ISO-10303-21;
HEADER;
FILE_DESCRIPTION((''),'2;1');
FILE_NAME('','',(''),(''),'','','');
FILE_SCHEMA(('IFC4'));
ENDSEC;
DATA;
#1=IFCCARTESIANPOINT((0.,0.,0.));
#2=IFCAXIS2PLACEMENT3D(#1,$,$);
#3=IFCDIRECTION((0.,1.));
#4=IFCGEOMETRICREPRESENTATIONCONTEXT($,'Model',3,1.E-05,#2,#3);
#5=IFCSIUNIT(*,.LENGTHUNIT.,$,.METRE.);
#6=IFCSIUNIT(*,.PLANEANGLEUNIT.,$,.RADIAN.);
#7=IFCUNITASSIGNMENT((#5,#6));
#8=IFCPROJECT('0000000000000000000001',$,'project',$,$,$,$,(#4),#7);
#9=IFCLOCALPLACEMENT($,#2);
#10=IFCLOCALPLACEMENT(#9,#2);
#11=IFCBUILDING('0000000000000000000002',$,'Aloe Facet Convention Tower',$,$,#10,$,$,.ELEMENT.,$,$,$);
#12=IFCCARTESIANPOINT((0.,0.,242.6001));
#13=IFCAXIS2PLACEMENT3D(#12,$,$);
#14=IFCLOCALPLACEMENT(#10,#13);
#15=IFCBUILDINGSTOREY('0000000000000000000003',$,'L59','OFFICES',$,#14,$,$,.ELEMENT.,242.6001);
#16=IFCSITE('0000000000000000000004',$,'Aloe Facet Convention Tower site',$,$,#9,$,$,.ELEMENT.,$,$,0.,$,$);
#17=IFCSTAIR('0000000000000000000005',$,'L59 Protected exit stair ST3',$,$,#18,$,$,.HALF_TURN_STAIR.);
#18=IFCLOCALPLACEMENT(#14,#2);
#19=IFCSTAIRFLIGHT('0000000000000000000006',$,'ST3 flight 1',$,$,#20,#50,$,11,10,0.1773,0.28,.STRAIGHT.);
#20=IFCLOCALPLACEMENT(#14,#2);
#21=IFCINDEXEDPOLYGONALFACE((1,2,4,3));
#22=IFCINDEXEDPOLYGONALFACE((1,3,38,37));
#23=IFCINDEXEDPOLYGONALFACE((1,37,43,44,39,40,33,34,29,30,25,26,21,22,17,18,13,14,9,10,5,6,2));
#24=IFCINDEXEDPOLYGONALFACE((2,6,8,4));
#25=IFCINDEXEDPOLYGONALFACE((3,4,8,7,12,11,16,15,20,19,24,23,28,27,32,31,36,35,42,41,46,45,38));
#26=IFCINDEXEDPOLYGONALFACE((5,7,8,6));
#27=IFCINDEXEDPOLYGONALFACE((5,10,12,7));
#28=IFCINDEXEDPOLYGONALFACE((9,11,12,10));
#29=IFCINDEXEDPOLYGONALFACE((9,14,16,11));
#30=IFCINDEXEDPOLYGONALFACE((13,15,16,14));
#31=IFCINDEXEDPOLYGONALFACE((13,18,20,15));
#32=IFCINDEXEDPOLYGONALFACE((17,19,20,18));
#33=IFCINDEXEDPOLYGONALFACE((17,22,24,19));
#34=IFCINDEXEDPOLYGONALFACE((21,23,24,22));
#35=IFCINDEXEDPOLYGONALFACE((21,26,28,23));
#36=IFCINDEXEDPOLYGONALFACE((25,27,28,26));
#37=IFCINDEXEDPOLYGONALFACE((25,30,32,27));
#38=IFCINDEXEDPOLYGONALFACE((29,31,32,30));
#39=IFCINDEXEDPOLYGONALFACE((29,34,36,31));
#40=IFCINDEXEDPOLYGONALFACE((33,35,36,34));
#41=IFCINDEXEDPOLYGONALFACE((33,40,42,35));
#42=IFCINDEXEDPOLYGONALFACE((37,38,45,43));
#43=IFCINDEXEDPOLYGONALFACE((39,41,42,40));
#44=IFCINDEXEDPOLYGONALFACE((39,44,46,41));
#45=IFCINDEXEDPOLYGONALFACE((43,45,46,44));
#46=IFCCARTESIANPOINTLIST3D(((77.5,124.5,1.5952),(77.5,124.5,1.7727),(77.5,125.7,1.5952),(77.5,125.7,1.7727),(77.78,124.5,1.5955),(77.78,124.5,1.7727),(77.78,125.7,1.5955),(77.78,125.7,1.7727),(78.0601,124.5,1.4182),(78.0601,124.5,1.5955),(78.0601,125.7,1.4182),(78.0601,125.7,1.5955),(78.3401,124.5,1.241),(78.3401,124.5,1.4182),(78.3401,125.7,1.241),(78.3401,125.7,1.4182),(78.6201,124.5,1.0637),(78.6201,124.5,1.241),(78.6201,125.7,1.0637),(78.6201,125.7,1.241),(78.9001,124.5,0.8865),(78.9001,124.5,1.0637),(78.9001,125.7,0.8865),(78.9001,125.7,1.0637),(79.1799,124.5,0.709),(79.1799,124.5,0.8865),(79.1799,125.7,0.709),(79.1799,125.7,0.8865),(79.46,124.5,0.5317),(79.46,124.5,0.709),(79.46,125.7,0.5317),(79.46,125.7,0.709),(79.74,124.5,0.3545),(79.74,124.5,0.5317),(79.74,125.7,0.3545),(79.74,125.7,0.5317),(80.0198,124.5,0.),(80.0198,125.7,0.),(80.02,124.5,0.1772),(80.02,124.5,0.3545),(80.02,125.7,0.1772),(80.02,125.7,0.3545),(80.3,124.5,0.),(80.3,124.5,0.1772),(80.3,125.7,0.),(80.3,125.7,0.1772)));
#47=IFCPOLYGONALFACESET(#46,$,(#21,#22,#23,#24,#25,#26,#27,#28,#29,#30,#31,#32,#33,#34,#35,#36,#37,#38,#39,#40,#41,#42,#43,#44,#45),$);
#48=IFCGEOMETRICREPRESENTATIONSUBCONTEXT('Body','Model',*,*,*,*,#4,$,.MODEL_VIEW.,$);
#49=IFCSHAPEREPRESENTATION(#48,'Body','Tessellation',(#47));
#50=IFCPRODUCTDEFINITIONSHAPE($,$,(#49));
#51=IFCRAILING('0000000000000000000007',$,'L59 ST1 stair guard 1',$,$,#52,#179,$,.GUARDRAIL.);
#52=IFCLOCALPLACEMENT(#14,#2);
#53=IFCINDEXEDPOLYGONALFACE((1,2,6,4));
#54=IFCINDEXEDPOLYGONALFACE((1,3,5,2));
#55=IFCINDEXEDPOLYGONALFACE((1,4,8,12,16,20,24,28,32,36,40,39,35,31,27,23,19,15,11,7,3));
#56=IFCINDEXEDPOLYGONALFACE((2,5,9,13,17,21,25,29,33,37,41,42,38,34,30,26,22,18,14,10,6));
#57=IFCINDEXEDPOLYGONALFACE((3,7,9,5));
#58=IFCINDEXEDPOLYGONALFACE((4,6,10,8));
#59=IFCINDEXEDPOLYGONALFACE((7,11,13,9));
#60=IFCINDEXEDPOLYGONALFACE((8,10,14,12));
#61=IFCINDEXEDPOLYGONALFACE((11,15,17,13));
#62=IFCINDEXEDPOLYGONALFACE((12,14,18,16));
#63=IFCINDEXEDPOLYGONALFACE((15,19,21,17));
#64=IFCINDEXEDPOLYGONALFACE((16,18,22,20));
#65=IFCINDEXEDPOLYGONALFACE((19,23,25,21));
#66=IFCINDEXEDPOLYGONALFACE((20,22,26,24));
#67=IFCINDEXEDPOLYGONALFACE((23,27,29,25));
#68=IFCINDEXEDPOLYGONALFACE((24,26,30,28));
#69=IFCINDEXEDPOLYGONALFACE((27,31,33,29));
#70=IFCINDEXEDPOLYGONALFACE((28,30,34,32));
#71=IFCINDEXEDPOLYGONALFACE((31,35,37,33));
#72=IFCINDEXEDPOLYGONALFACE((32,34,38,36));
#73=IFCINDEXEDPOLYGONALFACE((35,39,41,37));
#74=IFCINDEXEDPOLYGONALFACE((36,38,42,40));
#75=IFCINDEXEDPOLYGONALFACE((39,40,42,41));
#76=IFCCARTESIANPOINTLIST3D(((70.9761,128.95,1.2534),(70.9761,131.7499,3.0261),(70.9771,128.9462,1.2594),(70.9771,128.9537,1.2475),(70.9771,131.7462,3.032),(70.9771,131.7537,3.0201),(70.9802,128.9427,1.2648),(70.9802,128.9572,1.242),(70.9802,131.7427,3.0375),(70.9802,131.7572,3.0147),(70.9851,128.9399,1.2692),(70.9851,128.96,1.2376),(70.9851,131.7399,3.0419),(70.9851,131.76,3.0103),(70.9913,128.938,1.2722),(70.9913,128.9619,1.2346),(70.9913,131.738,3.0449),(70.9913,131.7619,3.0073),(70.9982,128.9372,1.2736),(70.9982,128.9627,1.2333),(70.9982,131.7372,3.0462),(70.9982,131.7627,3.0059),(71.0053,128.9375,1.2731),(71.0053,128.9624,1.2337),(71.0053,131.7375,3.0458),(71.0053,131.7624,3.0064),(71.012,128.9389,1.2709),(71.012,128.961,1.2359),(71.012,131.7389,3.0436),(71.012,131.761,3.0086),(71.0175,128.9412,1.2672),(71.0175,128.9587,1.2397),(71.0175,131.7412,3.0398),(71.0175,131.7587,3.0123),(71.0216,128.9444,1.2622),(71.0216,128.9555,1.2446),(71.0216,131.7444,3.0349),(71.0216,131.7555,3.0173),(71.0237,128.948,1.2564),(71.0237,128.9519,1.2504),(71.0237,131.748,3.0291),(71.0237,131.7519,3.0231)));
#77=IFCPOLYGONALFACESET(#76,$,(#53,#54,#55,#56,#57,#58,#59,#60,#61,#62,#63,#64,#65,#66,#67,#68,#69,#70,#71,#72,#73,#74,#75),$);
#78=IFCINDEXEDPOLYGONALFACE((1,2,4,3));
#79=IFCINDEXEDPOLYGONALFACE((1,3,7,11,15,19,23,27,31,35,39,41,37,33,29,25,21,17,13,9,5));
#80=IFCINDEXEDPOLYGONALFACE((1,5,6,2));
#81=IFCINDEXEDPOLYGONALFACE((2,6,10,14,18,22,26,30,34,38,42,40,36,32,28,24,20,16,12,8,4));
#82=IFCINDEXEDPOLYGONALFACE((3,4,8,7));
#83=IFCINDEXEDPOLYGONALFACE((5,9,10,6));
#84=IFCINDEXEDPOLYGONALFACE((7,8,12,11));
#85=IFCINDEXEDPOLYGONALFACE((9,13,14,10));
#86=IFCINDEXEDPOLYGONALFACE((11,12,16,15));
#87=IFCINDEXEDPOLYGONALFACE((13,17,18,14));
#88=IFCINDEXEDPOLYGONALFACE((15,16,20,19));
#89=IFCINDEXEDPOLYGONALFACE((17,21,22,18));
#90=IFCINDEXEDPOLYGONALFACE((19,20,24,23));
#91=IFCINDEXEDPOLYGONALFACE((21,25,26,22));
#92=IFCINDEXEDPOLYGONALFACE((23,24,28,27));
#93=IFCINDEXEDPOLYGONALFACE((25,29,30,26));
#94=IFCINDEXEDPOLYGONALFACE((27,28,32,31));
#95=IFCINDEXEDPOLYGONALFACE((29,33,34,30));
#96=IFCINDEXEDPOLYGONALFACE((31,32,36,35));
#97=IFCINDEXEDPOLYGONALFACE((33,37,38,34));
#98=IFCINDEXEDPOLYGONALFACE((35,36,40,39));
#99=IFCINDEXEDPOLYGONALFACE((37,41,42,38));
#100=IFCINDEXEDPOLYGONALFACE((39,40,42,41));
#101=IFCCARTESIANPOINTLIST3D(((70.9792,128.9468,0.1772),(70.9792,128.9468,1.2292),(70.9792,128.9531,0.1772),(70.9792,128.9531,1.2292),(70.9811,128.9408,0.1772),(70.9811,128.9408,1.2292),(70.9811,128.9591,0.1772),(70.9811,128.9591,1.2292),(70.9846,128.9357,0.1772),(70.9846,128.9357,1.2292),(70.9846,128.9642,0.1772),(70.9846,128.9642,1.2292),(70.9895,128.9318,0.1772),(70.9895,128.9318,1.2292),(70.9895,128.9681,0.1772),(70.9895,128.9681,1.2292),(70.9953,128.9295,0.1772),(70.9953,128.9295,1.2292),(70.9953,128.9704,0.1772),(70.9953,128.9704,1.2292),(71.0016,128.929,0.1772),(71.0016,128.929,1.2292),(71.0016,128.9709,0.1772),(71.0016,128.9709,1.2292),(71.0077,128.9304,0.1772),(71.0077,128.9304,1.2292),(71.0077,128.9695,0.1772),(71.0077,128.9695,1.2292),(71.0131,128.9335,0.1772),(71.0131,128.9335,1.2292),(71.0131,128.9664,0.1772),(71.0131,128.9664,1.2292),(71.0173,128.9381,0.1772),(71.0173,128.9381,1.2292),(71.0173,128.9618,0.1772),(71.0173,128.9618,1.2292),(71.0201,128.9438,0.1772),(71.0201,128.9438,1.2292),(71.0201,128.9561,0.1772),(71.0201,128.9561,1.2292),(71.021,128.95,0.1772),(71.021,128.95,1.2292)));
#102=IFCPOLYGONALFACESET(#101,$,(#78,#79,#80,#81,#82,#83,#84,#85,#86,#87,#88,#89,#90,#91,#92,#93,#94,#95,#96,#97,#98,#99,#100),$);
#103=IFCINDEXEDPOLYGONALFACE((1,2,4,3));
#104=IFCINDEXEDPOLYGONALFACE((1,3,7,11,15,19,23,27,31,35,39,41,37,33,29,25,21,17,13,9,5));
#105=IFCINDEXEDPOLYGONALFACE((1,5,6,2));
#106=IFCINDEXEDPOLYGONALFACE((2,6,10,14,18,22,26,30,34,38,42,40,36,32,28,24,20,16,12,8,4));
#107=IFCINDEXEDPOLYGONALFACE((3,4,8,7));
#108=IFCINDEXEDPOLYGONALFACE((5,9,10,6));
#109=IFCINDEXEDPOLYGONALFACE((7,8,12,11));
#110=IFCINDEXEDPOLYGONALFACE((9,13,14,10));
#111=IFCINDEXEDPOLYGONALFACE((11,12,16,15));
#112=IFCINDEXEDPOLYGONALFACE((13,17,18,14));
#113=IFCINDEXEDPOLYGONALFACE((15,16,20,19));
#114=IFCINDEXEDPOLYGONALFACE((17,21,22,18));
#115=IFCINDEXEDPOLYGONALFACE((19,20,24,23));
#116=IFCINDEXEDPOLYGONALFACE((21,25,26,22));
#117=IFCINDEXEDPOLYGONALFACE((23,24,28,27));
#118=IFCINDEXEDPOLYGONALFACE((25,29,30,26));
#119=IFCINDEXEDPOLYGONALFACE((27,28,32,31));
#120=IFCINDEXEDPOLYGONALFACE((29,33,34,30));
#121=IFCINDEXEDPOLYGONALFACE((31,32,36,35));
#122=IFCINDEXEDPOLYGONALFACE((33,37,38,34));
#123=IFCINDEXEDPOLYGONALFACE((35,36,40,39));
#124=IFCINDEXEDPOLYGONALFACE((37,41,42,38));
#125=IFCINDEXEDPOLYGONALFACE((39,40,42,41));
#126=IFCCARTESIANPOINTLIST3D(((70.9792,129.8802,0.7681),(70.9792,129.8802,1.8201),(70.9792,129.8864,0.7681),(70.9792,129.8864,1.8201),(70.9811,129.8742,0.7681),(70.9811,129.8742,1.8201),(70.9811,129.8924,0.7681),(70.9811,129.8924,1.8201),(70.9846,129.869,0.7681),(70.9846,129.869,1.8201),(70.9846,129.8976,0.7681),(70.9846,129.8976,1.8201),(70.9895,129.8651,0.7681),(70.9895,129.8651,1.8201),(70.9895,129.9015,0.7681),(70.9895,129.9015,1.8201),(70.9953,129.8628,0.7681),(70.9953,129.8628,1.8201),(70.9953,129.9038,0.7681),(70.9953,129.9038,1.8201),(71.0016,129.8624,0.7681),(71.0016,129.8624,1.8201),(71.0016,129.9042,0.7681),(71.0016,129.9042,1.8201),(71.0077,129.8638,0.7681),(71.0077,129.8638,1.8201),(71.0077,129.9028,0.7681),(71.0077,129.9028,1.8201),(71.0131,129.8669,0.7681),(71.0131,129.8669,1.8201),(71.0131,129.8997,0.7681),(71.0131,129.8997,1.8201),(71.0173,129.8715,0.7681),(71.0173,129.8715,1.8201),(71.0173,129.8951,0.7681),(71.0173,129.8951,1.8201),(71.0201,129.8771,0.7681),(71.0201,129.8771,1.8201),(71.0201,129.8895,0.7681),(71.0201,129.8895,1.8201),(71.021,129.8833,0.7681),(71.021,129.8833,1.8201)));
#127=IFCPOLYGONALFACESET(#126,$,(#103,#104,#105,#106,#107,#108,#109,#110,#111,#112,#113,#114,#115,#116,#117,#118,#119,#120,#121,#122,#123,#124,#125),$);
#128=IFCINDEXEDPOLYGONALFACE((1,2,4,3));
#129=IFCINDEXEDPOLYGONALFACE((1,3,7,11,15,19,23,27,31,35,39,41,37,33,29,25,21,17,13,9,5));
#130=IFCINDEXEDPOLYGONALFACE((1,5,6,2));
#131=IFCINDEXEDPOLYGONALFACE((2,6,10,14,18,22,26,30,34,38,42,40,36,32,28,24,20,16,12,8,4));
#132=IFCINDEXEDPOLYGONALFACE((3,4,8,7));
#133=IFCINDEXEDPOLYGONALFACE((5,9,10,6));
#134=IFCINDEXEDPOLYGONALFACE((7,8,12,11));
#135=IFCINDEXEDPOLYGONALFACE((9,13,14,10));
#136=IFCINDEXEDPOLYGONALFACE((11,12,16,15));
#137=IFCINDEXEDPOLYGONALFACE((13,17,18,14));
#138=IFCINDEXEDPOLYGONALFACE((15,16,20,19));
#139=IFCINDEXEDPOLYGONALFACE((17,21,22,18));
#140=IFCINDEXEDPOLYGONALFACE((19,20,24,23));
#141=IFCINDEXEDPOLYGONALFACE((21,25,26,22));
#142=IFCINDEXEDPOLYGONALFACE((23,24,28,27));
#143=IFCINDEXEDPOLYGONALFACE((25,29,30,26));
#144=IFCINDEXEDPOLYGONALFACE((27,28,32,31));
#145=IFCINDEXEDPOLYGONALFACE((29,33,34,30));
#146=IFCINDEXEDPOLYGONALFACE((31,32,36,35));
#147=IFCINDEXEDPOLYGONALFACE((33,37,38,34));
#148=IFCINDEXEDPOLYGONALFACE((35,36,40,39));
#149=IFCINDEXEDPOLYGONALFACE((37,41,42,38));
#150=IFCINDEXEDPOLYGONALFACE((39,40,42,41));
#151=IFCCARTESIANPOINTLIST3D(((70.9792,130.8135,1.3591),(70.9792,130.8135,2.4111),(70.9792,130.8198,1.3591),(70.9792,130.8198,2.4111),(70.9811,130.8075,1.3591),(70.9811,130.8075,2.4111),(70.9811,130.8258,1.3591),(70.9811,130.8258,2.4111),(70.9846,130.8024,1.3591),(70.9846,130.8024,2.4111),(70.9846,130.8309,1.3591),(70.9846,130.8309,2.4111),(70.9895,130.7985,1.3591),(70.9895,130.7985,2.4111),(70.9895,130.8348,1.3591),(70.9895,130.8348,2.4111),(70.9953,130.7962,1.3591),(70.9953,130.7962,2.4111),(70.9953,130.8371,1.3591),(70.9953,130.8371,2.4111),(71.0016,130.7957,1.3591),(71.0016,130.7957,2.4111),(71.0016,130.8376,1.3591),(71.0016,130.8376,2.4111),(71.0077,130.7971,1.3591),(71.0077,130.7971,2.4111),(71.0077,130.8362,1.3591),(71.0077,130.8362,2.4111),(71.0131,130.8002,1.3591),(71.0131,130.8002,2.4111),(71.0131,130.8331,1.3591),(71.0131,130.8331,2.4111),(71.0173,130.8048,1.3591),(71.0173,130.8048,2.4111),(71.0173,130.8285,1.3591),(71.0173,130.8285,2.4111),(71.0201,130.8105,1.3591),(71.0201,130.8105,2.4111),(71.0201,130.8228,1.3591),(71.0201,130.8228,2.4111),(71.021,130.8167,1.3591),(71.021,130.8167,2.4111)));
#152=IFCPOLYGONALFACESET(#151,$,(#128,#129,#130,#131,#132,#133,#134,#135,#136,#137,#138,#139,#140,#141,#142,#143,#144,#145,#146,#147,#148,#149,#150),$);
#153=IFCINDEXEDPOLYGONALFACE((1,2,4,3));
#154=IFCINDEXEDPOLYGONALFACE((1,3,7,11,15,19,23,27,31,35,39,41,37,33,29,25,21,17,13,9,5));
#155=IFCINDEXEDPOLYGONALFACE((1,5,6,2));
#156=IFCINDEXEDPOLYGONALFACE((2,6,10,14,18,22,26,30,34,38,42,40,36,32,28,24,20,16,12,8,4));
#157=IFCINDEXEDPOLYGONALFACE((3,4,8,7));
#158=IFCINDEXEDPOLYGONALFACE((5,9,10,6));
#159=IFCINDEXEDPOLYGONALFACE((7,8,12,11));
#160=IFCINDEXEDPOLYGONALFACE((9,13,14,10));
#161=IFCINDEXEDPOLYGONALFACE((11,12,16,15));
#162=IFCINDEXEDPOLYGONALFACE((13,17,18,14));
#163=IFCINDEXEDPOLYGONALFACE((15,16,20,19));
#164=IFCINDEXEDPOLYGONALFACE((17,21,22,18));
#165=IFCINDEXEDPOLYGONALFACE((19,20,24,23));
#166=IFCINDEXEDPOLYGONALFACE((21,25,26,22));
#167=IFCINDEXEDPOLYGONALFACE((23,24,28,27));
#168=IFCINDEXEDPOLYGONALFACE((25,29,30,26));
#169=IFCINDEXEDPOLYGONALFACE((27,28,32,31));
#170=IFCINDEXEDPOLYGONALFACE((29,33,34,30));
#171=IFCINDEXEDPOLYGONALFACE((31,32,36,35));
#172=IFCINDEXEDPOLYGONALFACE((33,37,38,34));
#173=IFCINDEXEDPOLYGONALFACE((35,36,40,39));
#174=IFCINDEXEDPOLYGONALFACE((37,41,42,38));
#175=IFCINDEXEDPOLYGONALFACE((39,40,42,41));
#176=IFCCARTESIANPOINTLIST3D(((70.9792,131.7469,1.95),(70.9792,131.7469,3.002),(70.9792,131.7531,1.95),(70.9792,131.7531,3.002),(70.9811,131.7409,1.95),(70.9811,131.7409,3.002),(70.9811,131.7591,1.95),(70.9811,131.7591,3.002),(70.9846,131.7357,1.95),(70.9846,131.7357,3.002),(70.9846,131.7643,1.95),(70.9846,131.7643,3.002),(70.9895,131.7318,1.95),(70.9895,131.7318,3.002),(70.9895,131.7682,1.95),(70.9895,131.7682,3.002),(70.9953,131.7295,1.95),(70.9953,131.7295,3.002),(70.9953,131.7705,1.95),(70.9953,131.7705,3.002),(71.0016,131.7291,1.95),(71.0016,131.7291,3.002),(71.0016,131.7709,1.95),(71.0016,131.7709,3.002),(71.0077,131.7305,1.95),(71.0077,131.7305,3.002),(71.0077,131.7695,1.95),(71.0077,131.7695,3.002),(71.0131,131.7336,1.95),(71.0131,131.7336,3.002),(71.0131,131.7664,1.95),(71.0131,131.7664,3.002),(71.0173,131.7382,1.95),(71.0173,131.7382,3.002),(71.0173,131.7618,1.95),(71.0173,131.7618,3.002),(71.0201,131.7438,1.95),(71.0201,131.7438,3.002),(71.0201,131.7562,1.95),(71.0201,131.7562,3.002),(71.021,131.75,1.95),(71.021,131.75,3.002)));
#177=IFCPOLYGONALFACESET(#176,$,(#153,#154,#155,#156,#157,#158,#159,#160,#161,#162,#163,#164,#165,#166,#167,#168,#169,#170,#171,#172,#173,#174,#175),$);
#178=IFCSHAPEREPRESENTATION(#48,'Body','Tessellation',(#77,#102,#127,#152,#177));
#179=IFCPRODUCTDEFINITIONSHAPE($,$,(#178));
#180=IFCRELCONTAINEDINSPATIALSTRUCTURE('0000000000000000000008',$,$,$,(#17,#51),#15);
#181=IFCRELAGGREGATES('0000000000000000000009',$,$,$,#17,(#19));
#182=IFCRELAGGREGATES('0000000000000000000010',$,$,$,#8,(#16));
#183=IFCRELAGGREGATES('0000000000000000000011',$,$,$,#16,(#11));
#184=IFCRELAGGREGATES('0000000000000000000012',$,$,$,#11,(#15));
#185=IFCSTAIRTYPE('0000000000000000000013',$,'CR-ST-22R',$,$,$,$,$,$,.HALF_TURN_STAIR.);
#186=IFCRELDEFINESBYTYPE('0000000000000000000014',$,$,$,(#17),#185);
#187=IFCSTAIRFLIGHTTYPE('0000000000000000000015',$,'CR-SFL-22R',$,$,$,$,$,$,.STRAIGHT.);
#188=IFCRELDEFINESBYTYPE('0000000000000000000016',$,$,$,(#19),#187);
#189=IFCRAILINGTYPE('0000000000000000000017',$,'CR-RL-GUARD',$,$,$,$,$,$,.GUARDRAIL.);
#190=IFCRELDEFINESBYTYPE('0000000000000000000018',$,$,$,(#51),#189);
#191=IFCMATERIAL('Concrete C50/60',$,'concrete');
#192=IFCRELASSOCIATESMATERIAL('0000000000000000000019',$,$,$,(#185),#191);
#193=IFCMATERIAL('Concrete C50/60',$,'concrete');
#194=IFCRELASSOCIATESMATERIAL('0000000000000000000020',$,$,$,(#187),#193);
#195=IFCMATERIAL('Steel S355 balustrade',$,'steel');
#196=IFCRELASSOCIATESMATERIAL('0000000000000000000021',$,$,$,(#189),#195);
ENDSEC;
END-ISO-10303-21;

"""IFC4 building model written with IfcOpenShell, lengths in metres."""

from ifc_helpers import new_model, si_unit, direction, frame, origin, origin_2d, place, context, subcontext, project, spatial, polyline, circle, outline, extrude, material, type_object, element, aggregate, save


model = new_model("IFC4")

# Units and contexts
model_context = context("Model", 3, precision=1e-05, world=origin(), true_north=direction((0.0, 1.0)))
body_context = subcontext(model_context, "Body", "Model", "MODEL_VIEW")
ifc_project = project(units=[si_unit("LENGTHUNIT", "METRE"), si_unit("PLANEANGLEUNIT", "RADIAN")], contexts=[model_context])

# Site, building, storey
site_placement = place(None, origin())
site = spatial("IfcSite", under=ifc_project, at=site_placement, Name="Aloe Facet Convention Tower site", CompositionType="ELEMENT", RefElevation=0.0)
building_placement = place(site_placement, origin())
building = spatial("IfcBuilding", under=site, at=building_placement, Name="Aloe Facet Convention Tower", CompositionType="ELEMENT")
storey_placement = place(building_placement, frame((0.0, 0.0, 242.6001)))
storey = spatial("IfcBuildingStorey", under=building, at=storey_placement, Name="L59", Description="OFFICES", CompositionType="ELEMENT", Elevation=242.6001)

# Stair, stair flight
ifc_material_1 = material(Name="Concrete C50/60", Category="concrete")
stair_type = type_object("IfcStairType", Name="CR-ST-22R", PredefinedType="HALF_TURN_STAIR", material=ifc_material_1)
ifc_material_2 = material(Name="Concrete C50/60", Category="concrete")
stair_flight_type = type_object("IfcStairFlightType", Name="CR-SFL-22R", PredefinedType="STRAIGHT", material=ifc_material_2)
stair_1_placement = place(storey_placement, origin())
stair_1 = element("IfcStair", 1, at=stair_1_placement, inside=storey, type_object=stair_type, Name="L59 Protected exit stair ST3", PredefinedType="HALF_TURN_STAIR")
stair_flight_1_placement = place(storey_placement, frame((80.3, 125.1001, 0.0), z_axis=(0.0, 0.0, 1.0), x_axis=(-1.0, 0.0, 0.0)))
stair_flight_1 = element("IfcStairFlight", 2, at=stair_flight_1_placement, type_object=stair_flight_type, Name="ST3 flight 1", NumberOfRisers=11, NumberOfTreads=10, PredefinedType="STRAIGHT", RiserHeight=0.1773, TreadLength=0.28, context=body_context, shape_type="SweptSolid", body=[
    extrude(outline(polyline([(0.0, 0.0), (0.0, 0.1772), (0.28, 0.1772), (0.28, 0.3545), (0.5601, 0.3545), (0.5601, 0.5317), (0.8401, 0.5317), (0.8401, 0.709), (1.1201, 0.709), (1.1201, 0.8865), (1.3999, 0.8865), (1.3999, 1.0637), (1.6799, 1.0637), (1.6799, 1.241), (1.96, 1.241), (1.96, 1.4182), (2.24, 1.4182), (2.24, 1.5955), (2.52, 1.5955), (2.52, 1.7727), (2.8, 1.7727), (2.8, 1.95), (2.8, 1.5952), (0.2803, 0.0), (0.0, 0.0)])), frame((0.0, 0.6001, 0.0), z_axis=(0.0, -1.0, 0.0), x_axis=(1.0, 0.0, 0.0)), (0.0, 0.0, 1.0), 1.2),
])
aggregate(stair_1, [stair_flight_1])

# Railing
ifc_material_3 = material(Name="Steel S355 balustrade", Category="steel")
railing_type_1 = type_object("IfcRailingType", Name="CR-RL-GUARD", PredefinedType="GUARDRAIL", material=ifc_material_3)
railing_1_placement = place(storey_placement, frame((71.0, 128.95, 0.1772)))
element("IfcRailing", 3, at=railing_1_placement, inside=storey, type_object=railing_type_1, Name="L59 ST1 stair guard 1", PredefinedType="GUARDRAIL", context=body_context, shape_type="SweptSolid", body=[
    extrude(circle(Radius=0.0239, at=origin_2d()), frame((0.0, 0.0, 1.0762), z_axis=(0.0, 0.844909, 0.53491), x_axis=(-1.0, 0.0, 0.0)), (0.0, 0.0, 1.0), 3.314),
    extrude(circle(Radius=0.021, at=origin_2d()), origin(), (0.0, 0.0, 1.0), 1.052),
    extrude(circle(Radius=0.021, at=origin_2d()), frame((0.0, 0.9333, 0.5908)), (0.0, 0.0, 1.0), 1.052),
    extrude(circle(Radius=0.021, at=origin_2d()), frame((0.0, 1.8667, 1.1819)), (0.0, 0.0, 1.0), 1.052),
    extrude(circle(Radius=0.021, at=origin_2d()), frame((0.0, 2.8, 1.7727)), (0.0, 0.0, 1.0), 1.052),
])

save(model, "model.ifc")
